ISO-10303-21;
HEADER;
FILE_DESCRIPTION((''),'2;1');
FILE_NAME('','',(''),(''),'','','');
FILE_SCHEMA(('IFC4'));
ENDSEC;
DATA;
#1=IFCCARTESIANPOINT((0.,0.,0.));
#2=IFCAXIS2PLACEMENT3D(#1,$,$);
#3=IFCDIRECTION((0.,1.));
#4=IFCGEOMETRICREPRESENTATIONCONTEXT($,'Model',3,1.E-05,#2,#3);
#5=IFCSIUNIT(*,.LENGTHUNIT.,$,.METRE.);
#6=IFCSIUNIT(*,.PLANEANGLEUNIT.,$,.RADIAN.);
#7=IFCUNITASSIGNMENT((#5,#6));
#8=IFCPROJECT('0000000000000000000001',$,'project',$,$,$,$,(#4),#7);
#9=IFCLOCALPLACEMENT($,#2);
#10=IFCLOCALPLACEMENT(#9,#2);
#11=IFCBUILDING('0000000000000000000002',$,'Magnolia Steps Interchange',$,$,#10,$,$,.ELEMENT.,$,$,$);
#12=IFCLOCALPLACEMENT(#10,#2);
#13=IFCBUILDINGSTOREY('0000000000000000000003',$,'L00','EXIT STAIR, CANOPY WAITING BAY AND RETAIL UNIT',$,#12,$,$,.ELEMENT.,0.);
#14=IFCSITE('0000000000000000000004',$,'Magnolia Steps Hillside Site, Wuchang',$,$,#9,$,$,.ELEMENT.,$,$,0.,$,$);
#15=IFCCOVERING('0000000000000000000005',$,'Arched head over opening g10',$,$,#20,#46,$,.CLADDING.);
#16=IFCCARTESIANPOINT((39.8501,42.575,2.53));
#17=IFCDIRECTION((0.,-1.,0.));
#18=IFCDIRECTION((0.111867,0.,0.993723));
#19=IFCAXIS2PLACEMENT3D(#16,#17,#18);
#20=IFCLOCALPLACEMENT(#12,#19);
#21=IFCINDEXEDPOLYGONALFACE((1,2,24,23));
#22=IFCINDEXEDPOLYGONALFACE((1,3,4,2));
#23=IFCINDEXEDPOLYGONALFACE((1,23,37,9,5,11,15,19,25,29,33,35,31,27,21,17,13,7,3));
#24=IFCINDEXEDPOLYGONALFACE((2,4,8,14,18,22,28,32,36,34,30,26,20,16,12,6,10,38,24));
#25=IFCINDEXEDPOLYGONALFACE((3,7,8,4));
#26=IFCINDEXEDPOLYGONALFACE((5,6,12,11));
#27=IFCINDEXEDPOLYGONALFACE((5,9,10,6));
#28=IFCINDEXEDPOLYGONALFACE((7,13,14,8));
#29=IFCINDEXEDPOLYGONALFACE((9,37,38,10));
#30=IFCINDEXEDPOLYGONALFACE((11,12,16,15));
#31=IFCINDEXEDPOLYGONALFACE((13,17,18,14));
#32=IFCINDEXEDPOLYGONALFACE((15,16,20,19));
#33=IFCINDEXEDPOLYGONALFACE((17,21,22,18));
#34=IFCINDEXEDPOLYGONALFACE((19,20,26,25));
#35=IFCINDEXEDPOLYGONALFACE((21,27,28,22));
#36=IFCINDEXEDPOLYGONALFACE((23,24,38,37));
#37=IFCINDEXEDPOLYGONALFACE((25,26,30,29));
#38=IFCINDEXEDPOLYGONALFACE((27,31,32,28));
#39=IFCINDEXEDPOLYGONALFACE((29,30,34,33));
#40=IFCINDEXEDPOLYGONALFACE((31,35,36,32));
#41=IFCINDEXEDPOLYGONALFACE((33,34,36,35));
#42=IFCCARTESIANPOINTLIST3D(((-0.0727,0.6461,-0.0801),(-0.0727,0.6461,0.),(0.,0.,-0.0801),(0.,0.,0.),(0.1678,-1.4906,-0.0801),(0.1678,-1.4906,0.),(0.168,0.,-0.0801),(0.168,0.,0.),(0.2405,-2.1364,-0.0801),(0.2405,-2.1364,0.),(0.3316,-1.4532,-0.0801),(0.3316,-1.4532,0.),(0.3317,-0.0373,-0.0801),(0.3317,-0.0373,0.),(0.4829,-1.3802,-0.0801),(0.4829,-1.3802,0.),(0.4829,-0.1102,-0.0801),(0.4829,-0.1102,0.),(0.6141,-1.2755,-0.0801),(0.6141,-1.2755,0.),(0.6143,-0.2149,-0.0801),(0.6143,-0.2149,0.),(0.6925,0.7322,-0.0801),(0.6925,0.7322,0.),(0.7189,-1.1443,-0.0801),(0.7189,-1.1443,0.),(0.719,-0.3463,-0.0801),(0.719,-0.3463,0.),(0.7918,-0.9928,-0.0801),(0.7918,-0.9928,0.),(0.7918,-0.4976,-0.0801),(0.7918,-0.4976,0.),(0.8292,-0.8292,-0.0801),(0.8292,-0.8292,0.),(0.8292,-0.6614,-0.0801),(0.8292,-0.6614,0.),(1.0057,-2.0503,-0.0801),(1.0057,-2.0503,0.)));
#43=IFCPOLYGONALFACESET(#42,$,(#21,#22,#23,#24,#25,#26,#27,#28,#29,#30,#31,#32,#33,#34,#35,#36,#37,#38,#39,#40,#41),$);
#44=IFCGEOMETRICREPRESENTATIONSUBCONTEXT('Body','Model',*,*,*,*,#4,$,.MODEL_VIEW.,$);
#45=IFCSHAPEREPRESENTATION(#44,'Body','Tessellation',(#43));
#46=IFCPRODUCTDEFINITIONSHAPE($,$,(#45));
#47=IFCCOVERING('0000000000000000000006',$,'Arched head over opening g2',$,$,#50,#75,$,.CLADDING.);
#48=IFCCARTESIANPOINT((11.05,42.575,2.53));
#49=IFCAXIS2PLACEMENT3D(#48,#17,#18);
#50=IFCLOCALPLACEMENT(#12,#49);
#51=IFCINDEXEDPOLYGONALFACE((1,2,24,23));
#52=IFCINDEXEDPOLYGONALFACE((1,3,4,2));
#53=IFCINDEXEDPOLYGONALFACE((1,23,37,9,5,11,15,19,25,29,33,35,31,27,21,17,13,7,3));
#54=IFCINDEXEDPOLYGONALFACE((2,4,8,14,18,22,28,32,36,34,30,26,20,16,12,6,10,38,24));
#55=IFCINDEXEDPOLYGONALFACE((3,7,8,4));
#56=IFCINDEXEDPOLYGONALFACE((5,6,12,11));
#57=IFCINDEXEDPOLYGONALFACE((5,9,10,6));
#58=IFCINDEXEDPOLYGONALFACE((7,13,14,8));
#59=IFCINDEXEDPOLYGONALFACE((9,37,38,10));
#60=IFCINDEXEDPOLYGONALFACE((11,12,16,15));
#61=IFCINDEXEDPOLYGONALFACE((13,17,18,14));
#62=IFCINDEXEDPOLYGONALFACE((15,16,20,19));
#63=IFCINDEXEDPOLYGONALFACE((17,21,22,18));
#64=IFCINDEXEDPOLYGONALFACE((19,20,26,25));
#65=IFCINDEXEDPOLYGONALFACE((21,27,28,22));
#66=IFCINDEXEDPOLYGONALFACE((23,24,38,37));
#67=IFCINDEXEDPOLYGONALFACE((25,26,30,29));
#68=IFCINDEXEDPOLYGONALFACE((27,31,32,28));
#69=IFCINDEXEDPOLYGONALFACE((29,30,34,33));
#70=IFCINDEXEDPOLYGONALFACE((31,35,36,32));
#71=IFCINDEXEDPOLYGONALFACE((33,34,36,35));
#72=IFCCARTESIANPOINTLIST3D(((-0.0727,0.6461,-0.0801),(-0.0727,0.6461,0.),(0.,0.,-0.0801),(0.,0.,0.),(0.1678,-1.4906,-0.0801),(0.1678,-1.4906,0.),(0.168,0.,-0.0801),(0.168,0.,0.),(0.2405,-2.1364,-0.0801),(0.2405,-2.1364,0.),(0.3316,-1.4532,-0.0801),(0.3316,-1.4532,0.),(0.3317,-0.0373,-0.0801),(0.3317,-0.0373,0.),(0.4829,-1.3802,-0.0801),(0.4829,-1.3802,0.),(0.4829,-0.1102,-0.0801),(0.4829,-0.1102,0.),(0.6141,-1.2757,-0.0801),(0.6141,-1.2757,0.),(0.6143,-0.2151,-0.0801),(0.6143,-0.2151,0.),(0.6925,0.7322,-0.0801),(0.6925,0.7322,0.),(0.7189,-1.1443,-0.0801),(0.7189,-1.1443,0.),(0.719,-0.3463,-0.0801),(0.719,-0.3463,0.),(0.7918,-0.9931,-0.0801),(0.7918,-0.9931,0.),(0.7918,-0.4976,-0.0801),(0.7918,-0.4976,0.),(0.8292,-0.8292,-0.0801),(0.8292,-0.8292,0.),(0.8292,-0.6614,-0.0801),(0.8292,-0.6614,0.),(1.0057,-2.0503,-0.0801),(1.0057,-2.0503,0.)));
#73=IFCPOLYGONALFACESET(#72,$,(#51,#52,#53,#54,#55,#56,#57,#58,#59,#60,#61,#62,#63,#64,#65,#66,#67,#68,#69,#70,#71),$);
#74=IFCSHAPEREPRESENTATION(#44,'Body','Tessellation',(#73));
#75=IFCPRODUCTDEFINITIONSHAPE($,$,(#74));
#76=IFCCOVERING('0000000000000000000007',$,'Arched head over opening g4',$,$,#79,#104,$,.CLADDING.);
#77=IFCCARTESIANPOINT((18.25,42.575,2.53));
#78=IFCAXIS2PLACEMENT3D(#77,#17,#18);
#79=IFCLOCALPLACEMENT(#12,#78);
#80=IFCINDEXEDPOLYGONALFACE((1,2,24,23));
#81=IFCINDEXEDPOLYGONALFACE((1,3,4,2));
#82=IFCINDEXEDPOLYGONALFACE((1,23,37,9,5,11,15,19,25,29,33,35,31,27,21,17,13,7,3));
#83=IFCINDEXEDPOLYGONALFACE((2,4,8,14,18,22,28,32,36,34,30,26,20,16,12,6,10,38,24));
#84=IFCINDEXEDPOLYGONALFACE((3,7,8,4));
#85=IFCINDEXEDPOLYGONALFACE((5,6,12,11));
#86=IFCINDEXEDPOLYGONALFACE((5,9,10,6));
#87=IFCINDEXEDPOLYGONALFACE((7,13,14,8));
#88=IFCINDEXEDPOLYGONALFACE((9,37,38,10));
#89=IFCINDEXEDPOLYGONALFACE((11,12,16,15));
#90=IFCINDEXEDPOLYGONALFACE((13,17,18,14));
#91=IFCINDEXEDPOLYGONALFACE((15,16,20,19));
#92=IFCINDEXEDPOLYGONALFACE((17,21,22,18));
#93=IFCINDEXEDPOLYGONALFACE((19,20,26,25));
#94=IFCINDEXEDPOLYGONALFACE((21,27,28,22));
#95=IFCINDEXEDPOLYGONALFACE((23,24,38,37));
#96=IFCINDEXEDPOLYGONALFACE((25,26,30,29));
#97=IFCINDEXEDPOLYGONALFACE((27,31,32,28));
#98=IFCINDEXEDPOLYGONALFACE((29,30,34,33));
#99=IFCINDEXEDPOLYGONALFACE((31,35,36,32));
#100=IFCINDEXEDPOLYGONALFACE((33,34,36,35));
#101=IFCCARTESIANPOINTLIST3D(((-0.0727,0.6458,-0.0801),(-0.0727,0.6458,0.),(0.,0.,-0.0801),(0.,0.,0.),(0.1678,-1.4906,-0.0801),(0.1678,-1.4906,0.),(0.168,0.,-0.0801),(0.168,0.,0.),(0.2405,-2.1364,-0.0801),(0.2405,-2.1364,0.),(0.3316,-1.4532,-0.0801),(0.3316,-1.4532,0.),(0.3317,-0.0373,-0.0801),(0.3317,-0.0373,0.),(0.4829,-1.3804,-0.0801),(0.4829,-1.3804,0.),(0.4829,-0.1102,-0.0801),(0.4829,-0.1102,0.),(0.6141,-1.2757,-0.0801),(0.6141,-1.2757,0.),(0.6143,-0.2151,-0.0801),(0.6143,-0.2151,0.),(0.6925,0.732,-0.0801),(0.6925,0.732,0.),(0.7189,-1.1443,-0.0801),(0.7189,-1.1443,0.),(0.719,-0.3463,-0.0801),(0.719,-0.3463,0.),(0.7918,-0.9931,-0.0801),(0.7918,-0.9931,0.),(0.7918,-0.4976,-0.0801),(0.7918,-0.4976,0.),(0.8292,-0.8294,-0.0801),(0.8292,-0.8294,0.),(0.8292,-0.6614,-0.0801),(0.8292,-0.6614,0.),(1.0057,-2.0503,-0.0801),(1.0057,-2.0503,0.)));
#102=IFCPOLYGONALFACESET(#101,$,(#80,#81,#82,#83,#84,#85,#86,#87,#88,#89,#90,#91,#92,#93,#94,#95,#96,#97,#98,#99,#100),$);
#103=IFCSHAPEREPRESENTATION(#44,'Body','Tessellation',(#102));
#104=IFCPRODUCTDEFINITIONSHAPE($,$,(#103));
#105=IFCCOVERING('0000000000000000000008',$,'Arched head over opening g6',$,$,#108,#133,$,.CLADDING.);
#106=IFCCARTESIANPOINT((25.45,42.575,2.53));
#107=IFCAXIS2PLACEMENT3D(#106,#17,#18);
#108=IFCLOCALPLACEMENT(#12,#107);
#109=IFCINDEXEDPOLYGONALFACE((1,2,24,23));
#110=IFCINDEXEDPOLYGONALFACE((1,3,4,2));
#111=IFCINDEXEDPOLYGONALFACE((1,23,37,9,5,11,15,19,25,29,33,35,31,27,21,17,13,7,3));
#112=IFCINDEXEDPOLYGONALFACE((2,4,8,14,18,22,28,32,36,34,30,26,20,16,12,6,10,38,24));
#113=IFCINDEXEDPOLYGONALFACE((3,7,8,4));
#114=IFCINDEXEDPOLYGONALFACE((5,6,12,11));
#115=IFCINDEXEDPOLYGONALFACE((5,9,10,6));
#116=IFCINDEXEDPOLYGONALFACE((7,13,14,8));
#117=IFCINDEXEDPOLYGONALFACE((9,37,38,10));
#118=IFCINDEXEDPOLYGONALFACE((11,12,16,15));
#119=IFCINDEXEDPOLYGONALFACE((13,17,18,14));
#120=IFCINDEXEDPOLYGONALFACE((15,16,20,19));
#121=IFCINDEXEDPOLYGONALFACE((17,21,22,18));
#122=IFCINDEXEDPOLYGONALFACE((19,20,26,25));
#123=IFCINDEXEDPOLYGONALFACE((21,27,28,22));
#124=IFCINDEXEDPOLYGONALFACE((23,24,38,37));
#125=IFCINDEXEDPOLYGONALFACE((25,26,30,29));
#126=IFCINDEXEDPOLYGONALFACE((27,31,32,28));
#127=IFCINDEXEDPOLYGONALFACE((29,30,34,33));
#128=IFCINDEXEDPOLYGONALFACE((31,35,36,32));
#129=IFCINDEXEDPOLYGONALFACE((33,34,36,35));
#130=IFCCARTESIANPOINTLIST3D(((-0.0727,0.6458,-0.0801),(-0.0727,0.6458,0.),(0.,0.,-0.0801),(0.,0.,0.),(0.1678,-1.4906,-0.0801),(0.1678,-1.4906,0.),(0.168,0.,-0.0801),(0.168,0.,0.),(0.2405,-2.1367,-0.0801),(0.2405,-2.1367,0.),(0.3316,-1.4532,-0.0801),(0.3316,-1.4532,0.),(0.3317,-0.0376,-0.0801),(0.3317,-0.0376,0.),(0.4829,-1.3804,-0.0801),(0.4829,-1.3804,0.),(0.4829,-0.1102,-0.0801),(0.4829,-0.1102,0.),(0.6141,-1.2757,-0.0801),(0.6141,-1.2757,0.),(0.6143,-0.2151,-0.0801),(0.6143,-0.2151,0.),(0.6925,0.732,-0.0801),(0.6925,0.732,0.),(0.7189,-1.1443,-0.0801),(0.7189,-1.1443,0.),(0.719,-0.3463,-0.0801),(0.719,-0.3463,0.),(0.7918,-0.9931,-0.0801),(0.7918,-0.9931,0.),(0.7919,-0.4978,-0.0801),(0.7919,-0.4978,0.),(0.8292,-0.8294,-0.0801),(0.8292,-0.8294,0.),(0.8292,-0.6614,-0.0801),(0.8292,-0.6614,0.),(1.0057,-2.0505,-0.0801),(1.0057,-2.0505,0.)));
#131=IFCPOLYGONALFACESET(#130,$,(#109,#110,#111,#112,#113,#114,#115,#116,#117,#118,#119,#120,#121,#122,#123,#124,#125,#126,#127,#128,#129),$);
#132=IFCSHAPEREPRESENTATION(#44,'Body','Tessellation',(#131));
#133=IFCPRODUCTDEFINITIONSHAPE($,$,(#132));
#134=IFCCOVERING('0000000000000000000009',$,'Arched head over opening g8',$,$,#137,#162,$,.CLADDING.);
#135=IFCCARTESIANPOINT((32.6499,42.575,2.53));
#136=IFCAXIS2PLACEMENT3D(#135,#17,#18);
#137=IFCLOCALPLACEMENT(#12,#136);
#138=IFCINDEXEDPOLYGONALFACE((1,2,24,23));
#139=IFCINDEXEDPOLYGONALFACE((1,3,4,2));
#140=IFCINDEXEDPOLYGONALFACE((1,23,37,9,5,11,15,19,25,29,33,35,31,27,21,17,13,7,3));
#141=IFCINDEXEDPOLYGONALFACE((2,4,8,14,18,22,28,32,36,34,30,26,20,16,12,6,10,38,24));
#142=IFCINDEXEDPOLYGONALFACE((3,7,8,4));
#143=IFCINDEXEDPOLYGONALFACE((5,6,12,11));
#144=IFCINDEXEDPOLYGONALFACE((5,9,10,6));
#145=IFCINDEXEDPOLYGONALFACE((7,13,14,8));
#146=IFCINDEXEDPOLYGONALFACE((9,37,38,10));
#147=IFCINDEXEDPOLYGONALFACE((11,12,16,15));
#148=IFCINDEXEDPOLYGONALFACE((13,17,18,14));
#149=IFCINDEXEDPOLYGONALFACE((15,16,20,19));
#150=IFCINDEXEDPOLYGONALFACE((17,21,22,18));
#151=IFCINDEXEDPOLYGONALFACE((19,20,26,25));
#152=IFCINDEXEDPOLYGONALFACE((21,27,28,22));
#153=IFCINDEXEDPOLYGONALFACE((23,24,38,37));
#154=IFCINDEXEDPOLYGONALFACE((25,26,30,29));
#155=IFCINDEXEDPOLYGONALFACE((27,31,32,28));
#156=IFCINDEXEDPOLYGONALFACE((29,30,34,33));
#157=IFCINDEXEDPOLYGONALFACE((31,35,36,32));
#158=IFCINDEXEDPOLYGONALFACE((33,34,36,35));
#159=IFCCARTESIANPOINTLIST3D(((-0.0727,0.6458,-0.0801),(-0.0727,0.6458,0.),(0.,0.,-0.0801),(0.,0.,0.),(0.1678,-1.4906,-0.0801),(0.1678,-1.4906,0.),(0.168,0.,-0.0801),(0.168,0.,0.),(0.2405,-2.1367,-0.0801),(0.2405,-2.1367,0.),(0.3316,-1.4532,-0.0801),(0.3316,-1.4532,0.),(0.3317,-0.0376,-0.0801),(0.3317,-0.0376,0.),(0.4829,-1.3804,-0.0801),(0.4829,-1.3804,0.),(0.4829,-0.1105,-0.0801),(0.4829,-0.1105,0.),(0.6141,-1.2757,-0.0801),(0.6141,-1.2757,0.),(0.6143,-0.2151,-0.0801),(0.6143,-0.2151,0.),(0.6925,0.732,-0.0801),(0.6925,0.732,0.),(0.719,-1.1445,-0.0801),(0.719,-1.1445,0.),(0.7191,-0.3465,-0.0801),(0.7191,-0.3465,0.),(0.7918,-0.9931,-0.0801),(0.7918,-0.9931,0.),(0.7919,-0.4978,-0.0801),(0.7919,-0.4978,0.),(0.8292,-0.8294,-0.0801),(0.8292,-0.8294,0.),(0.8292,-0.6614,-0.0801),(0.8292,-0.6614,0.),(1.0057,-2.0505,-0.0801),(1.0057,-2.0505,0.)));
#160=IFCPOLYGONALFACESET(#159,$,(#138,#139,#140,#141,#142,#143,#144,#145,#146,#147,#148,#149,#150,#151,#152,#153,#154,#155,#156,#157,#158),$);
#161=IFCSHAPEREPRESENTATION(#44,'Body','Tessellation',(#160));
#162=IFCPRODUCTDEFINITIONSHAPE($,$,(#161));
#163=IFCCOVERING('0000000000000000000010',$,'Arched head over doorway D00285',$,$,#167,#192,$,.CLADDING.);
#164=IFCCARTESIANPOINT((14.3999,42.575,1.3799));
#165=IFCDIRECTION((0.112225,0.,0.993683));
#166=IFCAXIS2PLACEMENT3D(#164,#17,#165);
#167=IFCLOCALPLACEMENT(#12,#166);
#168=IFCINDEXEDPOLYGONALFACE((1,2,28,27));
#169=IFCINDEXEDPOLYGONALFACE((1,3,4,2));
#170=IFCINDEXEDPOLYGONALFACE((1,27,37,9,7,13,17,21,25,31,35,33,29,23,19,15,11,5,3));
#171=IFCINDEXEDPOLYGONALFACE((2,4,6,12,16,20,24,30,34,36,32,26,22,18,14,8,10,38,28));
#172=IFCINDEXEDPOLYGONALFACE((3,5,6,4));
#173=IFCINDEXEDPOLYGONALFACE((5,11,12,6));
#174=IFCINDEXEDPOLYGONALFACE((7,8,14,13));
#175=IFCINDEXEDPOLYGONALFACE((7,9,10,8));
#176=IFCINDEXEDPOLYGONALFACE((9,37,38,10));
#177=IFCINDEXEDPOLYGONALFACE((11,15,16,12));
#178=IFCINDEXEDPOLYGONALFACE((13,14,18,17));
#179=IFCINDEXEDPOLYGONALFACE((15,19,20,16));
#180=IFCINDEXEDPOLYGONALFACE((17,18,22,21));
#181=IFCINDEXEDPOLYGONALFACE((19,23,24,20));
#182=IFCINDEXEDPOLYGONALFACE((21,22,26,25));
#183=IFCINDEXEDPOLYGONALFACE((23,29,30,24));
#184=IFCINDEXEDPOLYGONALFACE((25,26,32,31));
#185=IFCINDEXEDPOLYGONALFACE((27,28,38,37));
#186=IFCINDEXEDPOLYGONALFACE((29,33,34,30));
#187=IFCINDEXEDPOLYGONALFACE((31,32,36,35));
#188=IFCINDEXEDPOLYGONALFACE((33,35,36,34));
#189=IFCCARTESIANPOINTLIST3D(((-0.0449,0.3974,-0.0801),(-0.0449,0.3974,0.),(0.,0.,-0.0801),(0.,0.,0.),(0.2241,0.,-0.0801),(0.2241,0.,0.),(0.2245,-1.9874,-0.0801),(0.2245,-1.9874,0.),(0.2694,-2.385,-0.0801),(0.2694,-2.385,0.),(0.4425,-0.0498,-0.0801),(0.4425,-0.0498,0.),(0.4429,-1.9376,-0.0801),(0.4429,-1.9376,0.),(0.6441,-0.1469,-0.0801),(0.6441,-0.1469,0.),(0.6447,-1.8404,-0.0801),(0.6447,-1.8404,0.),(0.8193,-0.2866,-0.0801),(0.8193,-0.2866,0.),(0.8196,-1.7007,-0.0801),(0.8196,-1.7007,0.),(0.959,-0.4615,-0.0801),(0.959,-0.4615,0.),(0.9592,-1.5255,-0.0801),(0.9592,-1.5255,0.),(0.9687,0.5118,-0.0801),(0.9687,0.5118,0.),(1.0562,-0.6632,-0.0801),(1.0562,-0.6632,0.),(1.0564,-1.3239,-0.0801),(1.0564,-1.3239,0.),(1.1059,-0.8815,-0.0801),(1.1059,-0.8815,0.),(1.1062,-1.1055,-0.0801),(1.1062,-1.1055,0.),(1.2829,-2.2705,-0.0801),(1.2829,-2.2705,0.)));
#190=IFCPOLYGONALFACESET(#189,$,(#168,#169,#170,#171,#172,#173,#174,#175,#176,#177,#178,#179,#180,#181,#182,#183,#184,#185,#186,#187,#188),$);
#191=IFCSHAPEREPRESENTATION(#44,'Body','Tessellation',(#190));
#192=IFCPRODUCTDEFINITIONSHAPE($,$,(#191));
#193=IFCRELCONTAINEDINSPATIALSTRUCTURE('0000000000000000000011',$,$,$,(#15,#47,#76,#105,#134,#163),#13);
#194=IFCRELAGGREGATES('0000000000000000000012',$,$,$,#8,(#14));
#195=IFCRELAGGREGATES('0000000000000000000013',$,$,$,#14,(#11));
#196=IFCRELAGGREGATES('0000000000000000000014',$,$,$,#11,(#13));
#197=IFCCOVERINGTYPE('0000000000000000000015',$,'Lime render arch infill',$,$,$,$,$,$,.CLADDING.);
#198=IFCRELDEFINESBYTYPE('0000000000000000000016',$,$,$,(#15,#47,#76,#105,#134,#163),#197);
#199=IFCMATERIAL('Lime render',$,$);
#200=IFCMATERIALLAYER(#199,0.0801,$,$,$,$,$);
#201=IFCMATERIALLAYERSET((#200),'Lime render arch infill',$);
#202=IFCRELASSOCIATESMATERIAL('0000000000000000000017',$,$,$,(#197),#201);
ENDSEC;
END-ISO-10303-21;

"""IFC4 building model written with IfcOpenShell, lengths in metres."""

from ifc_helpers import new_model, si_unit, direction, frame, origin, place, context, subcontext, project, spatial, polyline, outline, extrude, material, layer, layer_set, type_object, element, save


model = new_model("IFC4")

# Units and contexts
model_context = context("Model", 3, precision=1e-05, world=origin(), true_north=direction((0.0, 1.0)))
body_context = subcontext(model_context, "Body", "Model", "MODEL_VIEW")
ifc_project = project(units=[si_unit("LENGTHUNIT", "METRE"), si_unit("PLANEANGLEUNIT", "RADIAN")], contexts=[model_context])

# Site, building, storey
site_placement = place(None, origin())
site = spatial("IfcSite", under=ifc_project, at=site_placement, Name="Magnolia Steps Hillside Site, Wuchang", CompositionType="ELEMENT", RefElevation=0.0)
building_placement = place(site_placement, origin())
building = spatial("IfcBuilding", under=site, at=building_placement, Name="Magnolia Steps Interchange", CompositionType="ELEMENT")
storey_placement = place(building_placement, origin())
storey = spatial("IfcBuildingStorey", under=building, at=storey_placement, Name="L00", Description="EXIT STAIR, CANOPY WAITING BAY AND RETAIL UNIT", CompositionType="ELEMENT", Elevation=0.0)

# Coverings
ifc_material_1 = material(Name="Lime render")
ifc_layer_1 = layer(ifc_material_1, 0.0801)
ifc_layer_set_1 = layer_set([ifc_layer_1], Name="Lime render arch infill")
covering_type_1 = type_object("IfcCoveringType", Name="Lime render arch infill", PredefinedType="CLADDING", material=ifc_layer_set_1)
covering_1_placement = place(storey_placement, frame((39.8501, 42.575, 2.53), z_axis=(0.0, -1.0, 0.0), x_axis=(0.111867, 0.0, 0.993723)))
element("IfcCovering", 1, at=covering_1_placement, inside=storey, type_object=covering_type_1, Name="Arched head over opening g10", PredefinedType="CLADDING", context=body_context, shape_type="SweptSolid", body=[
    extrude(outline(polyline([(0.0, 0.0), (0.168, 0.0), (0.3317, -0.0373), (0.4829, -0.1102), (0.6143, -0.2149), (0.719, -0.3463), (0.7918, -0.4976), (0.8292, -0.6614), (0.8292, -0.8292), (0.7918, -0.9928), (0.7189, -1.1443), (0.6141, -1.2755), (0.4829, -1.3802), (0.3316, -1.4532), (0.1678, -1.4906), (0.2405, -2.1364), (1.0057, -2.0503), (0.6925, 0.7322), (-0.0727, 0.6461), (0.0, 0.0)])), origin(), (0.0, 0.0, -1.0), 0.0801),
])
covering_2_placement = place(storey_placement, frame((11.05, 42.575, 2.53), z_axis=(0.0, -1.0, 0.0), x_axis=(0.111867, 0.0, 0.993723)))
element("IfcCovering", 2, at=covering_2_placement, inside=storey, type_object=covering_type_1, Name="Arched head over opening g2", PredefinedType="CLADDING", context=body_context, shape_type="SweptSolid", body=[
    extrude(outline(polyline([(0.0, 0.0), (0.168, 0.0), (0.3317, -0.0373), (0.4829, -0.1102), (0.6143, -0.2151), (0.719, -0.3463), (0.7918, -0.4976), (0.8292, -0.6614), (0.8292, -0.8292), (0.7918, -0.9931), (0.7189, -1.1443), (0.6141, -1.2757), (0.4829, -1.3802), (0.3316, -1.4532), (0.1678, -1.4906), (0.2405, -2.1364), (1.0057, -2.0503), (0.6925, 0.7322), (-0.0727, 0.6461), (0.0, 0.0)])), origin(), (0.0, 0.0, -1.0), 0.0801),
])
covering_3_placement = place(storey_placement, frame((18.25, 42.575, 2.53), z_axis=(0.0, -1.0, 0.0), x_axis=(0.111867, 0.0, 0.993723)))
element("IfcCovering", 3, at=covering_3_placement, inside=storey, type_object=covering_type_1, Name="Arched head over opening g4", PredefinedType="CLADDING", context=body_context, shape_type="SweptSolid", body=[
    extrude(outline(polyline([(0.0, 0.0), (0.168, 0.0), (0.3317, -0.0373), (0.4829, -0.1102), (0.6143, -0.2151), (0.719, -0.3463), (0.7918, -0.4976), (0.8292, -0.6614), (0.8292, -0.8294), (0.7918, -0.9931), (0.7189, -1.1443), (0.6141, -1.2757), (0.4829, -1.3804), (0.3316, -1.4532), (0.1678, -1.4906), (0.2405, -2.1364), (1.0057, -2.0503), (0.6925, 0.732), (-0.0727, 0.6458), (0.0, 0.0)])), origin(), (0.0, 0.0, -1.0), 0.0801),
])
covering_4_placement = place(storey_placement, frame((25.45, 42.575, 2.53), z_axis=(0.0, -1.0, 0.0), x_axis=(0.111867, 0.0, 0.993723)))
element("IfcCovering", 4, at=covering_4_placement, inside=storey, type_object=covering_type_1, Name="Arched head over opening g6", PredefinedType="CLADDING", context=body_context, shape_type="SweptSolid", body=[
    extrude(outline(polyline([(0.0, 0.0), (0.168, 0.0), (0.3317, -0.0376), (0.4829, -0.1102), (0.6143, -0.2151), (0.719, -0.3463), (0.7919, -0.4978), (0.8292, -0.6614), (0.8292, -0.8294), (0.7918, -0.9931), (0.7189, -1.1443), (0.6141, -1.2757), (0.4829, -1.3804), (0.3316, -1.4532), (0.1678, -1.4906), (0.2405, -2.1367), (1.0057, -2.0505), (0.6925, 0.732), (-0.0727, 0.6458), (0.0, 0.0)])), origin(), (0.0, 0.0, -1.0), 0.0801),
])
covering_5_placement = place(storey_placement, frame((32.6499, 42.575, 2.53), z_axis=(0.0, -1.0, 0.0), x_axis=(0.111867, 0.0, 0.993723)))
element("IfcCovering", 5, at=covering_5_placement, inside=storey, type_object=covering_type_1, Name="Arched head over opening g8", PredefinedType="CLADDING", context=body_context, shape_type="SweptSolid", body=[
    extrude(outline(polyline([(0.0, 0.0), (0.168, 0.0), (0.3317, -0.0376), (0.4829, -0.1105), (0.6143, -0.2151), (0.7191, -0.3465), (0.7919, -0.4978), (0.8292, -0.6614), (0.8292, -0.8294), (0.7918, -0.9931), (0.719, -1.1445), (0.6141, -1.2757), (0.4829, -1.3804), (0.3316, -1.4532), (0.1678, -1.4906), (0.2405, -2.1367), (1.0057, -2.0505), (0.6925, 0.732), (-0.0727, 0.6458), (0.0, 0.0)])), origin(), (0.0, 0.0, -1.0), 0.0801),
])
covering_6_placement = place(storey_placement, frame((14.3999, 42.575, 1.3799), z_axis=(0.0, -1.0, 0.0), x_axis=(0.112225, 0.0, 0.993683)))
element("IfcCovering", 6, at=covering_6_placement, inside=storey, type_object=covering_type_1, Name="Arched head over doorway D00285", PredefinedType="CLADDING", context=body_context, shape_type="SweptSolid", body=[
    extrude(outline(polyline([(0.0, 0.0), (0.2241, 0.0), (0.4425, -0.0498), (0.6441, -0.1469), (0.8193, -0.2866), (0.959, -0.4615), (1.0562, -0.6632), (1.1059, -0.8815), (1.1062, -1.1055), (1.0564, -1.3239), (0.9592, -1.5255), (0.8196, -1.7007), (0.6447, -1.8404), (0.4429, -1.9376), (0.2245, -1.9874), (0.2694, -2.385), (1.2829, -2.2705), (0.9687, 0.5118), (-0.0449, 0.3974), (0.0, 0.0)])), origin(), (0.0, 0.0, -1.0), 0.0801),
])

save(model, "model.ifc")
